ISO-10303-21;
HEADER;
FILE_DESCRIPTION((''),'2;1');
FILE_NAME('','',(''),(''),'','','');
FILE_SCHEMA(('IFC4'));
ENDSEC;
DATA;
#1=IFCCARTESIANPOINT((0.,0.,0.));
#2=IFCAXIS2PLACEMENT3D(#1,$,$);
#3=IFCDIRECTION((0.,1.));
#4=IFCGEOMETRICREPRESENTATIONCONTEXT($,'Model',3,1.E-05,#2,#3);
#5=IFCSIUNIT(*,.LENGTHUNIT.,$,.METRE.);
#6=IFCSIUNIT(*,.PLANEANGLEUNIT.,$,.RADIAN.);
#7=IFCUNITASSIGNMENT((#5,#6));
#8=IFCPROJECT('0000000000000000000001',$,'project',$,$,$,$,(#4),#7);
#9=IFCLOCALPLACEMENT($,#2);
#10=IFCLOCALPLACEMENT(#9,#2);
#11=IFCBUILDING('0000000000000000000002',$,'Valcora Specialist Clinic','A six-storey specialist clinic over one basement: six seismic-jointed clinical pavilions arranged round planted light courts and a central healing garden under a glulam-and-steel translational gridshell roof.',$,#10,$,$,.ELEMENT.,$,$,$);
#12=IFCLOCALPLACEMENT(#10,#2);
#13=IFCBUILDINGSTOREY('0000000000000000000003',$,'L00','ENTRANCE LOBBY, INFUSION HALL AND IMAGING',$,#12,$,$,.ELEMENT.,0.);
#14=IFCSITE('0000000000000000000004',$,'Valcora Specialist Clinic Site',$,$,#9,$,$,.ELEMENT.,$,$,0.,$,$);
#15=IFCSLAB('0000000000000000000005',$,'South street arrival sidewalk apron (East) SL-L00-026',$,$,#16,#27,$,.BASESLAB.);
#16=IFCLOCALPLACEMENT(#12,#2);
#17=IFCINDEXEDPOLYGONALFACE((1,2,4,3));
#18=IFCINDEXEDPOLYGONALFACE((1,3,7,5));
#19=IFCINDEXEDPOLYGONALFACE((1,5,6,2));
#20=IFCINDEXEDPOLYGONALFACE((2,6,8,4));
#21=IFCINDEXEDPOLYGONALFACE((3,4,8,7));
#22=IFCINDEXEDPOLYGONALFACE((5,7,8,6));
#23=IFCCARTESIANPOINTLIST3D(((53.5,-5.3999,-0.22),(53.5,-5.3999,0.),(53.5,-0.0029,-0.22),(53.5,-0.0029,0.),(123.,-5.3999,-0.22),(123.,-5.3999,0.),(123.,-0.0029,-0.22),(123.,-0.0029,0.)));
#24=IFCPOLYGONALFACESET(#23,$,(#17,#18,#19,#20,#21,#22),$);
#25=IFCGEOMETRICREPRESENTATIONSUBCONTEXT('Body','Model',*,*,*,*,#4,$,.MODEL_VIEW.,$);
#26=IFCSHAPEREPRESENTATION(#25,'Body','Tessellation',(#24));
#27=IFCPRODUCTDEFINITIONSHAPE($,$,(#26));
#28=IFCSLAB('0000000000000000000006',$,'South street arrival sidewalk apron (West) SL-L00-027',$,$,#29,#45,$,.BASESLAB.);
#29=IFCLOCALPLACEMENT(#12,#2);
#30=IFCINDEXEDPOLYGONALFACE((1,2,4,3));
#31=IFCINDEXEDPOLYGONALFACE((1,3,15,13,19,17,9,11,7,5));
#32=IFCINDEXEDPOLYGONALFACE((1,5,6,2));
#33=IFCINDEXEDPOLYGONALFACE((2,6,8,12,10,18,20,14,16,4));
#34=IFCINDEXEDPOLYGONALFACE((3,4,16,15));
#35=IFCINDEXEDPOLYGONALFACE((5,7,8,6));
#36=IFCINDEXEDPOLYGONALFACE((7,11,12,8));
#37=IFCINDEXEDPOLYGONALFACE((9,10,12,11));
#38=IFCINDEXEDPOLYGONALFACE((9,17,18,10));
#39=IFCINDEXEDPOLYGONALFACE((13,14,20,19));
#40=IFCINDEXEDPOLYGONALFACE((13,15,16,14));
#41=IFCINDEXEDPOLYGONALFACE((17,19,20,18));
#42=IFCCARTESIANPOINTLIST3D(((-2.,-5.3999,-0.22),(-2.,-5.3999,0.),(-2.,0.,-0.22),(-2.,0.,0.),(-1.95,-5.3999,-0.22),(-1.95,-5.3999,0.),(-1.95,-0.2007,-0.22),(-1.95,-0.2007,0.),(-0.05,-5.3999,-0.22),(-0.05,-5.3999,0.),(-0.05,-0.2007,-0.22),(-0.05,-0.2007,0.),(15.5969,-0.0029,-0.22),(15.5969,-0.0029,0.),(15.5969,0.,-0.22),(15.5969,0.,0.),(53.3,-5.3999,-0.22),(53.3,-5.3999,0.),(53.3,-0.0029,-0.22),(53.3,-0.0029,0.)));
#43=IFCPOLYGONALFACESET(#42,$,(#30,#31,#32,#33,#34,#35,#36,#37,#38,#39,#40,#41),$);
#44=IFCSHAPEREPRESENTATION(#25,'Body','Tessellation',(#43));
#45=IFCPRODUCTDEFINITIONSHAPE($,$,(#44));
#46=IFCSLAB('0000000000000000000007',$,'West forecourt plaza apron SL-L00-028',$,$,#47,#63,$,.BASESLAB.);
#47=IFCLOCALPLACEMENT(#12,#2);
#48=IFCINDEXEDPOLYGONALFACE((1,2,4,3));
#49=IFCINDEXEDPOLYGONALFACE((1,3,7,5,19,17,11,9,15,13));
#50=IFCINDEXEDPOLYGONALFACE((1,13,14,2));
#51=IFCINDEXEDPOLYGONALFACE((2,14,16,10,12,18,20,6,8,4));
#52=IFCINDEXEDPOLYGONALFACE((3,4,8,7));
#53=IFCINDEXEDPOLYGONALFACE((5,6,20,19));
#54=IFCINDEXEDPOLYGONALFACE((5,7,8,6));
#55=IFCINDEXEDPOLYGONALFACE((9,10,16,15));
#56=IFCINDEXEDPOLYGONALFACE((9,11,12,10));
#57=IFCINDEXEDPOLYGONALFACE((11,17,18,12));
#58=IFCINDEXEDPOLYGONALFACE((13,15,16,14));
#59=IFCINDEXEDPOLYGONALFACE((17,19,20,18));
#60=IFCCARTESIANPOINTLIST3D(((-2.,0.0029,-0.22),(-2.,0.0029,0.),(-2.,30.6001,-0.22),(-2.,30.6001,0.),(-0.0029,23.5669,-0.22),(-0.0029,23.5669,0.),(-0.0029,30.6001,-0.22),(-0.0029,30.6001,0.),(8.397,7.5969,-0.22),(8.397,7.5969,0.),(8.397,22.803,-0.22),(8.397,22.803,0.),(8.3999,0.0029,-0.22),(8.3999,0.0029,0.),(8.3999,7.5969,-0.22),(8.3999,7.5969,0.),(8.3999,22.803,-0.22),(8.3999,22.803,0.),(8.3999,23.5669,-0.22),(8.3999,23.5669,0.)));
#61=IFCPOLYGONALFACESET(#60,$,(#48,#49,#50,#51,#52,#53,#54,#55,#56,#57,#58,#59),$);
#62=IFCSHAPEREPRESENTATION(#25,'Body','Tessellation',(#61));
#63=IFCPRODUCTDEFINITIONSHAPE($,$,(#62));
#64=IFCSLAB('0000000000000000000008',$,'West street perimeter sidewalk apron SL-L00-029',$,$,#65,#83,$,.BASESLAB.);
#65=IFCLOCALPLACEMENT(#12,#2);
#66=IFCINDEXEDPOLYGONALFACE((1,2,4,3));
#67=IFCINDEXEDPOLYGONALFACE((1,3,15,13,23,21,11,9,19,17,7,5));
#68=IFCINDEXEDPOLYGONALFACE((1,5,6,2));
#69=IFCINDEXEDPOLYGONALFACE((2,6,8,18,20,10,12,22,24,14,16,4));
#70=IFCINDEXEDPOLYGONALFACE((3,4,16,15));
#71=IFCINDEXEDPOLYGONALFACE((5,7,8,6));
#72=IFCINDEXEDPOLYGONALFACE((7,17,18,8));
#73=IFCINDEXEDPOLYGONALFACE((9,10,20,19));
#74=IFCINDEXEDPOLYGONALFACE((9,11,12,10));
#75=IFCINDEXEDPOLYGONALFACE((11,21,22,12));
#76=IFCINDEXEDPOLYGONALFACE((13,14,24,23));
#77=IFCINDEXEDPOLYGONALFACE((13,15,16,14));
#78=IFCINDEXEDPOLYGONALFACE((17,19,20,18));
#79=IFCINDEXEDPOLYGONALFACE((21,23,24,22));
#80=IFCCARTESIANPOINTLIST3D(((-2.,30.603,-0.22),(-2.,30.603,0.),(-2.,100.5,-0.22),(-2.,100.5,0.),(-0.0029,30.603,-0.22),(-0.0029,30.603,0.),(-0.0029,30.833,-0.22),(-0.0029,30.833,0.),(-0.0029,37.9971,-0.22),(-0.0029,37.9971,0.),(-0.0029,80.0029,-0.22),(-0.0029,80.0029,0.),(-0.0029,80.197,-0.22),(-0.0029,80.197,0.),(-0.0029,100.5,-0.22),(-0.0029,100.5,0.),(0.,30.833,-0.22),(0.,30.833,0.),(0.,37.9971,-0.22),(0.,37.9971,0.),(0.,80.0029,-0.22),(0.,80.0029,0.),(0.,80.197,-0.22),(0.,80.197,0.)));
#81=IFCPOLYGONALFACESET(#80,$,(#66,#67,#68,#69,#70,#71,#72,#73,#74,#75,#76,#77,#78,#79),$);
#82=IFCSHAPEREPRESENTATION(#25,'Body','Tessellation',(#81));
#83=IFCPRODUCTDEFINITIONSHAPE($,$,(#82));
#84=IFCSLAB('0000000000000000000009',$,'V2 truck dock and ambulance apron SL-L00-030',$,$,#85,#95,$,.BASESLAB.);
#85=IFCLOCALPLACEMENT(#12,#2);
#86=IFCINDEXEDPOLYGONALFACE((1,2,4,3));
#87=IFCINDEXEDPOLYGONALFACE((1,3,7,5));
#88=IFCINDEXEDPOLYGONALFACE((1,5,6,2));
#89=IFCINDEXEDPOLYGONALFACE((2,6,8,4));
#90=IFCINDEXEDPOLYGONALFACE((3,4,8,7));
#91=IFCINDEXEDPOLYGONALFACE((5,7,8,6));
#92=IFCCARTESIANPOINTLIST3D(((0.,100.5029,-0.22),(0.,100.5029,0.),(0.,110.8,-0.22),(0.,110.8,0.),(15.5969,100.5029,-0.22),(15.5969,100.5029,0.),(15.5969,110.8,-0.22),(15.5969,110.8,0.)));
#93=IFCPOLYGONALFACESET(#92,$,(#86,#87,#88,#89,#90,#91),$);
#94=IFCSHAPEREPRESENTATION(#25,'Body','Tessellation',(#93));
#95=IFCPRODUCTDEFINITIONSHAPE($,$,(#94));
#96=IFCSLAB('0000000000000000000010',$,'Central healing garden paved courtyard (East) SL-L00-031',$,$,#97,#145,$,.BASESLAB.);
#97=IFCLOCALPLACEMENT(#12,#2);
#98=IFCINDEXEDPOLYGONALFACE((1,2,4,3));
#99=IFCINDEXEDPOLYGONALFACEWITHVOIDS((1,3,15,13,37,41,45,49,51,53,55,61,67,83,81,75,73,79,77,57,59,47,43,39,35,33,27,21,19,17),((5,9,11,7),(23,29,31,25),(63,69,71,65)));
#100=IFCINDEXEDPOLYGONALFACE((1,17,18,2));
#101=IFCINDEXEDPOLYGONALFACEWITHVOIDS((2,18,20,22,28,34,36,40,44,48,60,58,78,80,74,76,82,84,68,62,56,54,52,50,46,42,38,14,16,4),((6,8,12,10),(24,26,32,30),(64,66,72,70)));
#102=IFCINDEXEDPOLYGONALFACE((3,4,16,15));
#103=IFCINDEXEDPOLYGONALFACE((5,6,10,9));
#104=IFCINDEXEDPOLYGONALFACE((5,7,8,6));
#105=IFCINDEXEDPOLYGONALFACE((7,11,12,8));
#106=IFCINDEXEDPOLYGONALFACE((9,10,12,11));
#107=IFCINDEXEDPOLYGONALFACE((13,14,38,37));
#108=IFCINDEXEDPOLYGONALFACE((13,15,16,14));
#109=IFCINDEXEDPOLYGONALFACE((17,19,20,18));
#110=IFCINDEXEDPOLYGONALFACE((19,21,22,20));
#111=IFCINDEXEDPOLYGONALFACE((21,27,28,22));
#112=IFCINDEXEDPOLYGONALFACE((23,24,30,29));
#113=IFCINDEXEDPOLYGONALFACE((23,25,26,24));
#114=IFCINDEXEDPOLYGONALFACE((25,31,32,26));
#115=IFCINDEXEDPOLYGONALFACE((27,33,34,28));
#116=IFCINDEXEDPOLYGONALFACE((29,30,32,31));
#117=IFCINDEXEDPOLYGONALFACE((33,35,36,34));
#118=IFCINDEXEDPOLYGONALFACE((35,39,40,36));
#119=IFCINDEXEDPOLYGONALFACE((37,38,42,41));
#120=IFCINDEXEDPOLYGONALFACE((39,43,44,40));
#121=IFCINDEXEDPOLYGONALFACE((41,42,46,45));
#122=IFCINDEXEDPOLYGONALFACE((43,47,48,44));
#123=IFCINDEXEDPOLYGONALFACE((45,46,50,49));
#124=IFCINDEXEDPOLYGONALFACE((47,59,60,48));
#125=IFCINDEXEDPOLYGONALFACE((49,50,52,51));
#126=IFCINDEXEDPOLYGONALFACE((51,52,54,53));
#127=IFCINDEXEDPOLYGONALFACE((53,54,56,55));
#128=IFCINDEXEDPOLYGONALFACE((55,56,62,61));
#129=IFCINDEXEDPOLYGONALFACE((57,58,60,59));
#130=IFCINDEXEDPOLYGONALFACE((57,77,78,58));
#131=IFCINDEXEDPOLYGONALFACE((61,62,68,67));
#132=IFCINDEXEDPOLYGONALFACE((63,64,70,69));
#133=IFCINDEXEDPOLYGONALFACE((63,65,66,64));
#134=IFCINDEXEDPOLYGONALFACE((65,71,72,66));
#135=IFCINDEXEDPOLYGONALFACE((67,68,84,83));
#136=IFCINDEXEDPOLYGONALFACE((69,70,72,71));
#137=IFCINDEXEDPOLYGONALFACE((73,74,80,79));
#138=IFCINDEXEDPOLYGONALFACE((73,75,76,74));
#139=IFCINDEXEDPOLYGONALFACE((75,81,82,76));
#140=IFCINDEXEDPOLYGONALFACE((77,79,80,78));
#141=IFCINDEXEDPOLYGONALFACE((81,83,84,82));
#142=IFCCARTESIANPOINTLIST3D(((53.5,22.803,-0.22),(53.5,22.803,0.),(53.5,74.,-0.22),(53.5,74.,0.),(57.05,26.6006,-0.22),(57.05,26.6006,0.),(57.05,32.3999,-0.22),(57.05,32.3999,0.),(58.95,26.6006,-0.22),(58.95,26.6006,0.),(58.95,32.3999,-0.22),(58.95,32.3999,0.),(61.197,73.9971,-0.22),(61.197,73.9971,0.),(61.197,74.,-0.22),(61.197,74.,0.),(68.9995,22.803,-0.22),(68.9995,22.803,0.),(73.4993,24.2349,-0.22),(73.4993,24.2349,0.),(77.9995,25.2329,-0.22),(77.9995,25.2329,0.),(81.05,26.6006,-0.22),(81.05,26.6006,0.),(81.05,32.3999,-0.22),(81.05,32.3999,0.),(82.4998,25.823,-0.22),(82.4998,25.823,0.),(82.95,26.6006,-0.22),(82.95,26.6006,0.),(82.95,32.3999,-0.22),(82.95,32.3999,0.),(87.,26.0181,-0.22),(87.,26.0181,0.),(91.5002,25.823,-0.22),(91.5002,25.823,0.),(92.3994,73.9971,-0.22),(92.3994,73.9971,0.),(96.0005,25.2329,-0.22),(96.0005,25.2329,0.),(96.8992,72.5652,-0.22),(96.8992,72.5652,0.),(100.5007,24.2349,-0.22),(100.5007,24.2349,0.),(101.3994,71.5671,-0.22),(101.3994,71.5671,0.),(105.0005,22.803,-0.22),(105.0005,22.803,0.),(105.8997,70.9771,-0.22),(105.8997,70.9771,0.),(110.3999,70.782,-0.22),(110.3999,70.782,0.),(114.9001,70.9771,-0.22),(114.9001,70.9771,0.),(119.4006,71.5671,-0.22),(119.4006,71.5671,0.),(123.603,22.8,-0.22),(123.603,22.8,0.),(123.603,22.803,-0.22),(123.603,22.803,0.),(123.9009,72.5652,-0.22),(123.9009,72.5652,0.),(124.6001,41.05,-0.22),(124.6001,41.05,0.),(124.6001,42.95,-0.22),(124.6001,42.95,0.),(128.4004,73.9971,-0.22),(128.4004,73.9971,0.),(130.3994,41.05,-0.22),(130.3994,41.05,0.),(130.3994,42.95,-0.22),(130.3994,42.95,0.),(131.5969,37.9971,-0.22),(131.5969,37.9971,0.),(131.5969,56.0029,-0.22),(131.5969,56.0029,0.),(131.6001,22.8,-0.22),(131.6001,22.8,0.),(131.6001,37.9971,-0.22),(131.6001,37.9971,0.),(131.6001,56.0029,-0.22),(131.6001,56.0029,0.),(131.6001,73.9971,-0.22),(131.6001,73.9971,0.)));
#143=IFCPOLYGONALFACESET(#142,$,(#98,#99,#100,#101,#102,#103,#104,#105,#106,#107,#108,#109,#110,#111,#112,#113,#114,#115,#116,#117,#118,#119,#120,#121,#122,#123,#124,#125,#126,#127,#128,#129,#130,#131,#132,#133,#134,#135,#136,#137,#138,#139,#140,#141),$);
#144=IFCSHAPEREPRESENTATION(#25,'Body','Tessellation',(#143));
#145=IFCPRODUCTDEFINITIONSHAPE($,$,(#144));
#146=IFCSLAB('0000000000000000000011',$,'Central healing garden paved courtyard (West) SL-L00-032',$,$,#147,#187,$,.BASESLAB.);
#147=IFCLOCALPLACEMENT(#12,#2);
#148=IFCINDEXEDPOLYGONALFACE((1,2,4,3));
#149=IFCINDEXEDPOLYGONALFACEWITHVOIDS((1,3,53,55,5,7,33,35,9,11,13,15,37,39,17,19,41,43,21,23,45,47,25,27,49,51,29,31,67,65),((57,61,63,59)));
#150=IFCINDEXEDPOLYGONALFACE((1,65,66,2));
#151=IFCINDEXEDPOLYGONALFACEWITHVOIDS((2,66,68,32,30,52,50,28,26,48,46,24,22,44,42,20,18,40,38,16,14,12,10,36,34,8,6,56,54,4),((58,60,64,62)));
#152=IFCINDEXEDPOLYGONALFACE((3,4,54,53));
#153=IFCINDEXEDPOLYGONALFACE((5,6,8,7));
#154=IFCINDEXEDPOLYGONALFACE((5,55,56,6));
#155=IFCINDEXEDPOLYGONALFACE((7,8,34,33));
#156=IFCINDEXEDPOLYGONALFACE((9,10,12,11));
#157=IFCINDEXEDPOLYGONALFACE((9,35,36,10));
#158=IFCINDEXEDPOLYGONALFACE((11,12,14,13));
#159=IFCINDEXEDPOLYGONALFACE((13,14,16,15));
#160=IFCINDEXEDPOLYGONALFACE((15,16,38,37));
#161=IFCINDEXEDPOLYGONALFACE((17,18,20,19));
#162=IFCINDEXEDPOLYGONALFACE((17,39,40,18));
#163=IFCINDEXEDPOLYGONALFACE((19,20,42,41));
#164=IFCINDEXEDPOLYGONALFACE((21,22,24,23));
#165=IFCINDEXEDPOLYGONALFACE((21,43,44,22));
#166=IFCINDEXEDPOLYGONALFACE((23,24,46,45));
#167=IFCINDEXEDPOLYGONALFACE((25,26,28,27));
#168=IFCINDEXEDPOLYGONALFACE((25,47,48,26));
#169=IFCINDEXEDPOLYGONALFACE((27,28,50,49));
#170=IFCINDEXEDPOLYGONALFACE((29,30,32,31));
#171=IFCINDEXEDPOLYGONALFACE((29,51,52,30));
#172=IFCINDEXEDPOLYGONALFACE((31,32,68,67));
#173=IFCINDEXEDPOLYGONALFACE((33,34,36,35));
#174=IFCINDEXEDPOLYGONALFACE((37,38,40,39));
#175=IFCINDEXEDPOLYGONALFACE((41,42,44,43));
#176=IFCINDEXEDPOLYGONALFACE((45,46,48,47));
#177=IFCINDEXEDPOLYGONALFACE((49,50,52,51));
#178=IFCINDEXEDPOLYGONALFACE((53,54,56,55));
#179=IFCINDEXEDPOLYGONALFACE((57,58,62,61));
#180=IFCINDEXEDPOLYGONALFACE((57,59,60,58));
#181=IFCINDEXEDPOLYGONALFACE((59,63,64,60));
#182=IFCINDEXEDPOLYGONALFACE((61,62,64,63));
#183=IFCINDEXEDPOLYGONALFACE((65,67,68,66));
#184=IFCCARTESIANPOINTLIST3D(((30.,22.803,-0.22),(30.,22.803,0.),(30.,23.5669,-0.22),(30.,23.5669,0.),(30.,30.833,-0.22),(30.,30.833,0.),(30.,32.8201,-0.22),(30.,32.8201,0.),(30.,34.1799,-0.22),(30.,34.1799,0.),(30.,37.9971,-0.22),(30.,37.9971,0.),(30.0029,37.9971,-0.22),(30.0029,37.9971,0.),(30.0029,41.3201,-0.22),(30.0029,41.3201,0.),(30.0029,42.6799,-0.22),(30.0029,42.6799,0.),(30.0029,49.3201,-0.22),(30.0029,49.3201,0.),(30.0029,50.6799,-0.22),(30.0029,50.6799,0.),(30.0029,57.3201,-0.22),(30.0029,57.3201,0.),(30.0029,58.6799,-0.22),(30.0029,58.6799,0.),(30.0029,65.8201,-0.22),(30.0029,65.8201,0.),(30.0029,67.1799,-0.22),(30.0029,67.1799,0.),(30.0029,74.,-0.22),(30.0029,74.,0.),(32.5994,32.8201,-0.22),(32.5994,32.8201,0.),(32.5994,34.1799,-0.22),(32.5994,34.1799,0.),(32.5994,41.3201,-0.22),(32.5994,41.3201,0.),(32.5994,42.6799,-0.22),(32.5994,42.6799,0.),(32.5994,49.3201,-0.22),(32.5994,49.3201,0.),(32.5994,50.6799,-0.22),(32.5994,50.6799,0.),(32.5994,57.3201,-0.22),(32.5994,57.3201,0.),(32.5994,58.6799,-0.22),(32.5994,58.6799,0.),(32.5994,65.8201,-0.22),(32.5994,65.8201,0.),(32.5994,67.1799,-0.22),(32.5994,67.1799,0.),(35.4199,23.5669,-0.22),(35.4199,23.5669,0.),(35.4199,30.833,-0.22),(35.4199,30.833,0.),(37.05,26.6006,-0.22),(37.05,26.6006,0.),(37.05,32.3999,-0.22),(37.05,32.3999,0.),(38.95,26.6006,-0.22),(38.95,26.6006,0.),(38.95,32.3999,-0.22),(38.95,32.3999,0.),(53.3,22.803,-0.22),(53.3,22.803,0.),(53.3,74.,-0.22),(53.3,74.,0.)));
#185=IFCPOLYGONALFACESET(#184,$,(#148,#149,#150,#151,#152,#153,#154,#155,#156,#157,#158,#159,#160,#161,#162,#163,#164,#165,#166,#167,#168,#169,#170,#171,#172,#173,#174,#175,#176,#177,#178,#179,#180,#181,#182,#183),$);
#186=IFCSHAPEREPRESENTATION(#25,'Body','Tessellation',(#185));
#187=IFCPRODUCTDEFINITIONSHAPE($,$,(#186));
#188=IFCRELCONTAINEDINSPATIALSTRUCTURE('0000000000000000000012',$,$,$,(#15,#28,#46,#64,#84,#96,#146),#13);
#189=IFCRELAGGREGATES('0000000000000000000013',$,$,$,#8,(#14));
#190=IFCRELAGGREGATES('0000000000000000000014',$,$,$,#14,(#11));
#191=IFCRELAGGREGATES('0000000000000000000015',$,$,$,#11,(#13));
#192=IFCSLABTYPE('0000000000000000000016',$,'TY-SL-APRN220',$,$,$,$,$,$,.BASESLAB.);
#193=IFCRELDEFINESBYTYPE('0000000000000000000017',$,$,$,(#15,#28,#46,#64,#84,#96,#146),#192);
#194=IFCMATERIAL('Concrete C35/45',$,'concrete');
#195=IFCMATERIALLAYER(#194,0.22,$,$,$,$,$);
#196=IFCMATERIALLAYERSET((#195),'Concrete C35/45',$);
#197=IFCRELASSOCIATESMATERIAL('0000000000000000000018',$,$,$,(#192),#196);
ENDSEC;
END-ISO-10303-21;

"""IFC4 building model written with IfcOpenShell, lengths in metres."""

from ifc_helpers import new_model, si_unit, direction, frame, origin, place, context, subcontext, project, spatial, polyline, outline, extrude, material, layer, layer_set, type_object, element, save


model = new_model("IFC4")

# Units and contexts
model_context = context("Model", 3, precision=1e-05, world=origin(), true_north=direction((0.0, 1.0)))
body_context = subcontext(model_context, "Body", "Model", "MODEL_VIEW")
ifc_project = project(units=[si_unit("LENGTHUNIT", "METRE"), si_unit("PLANEANGLEUNIT", "RADIAN")], contexts=[model_context])

# Site, building, storey
site_placement = place(None, origin())
site = spatial("IfcSite", under=ifc_project, at=site_placement, Name="Valcora Specialist Clinic Site", CompositionType="ELEMENT", RefElevation=0.0)
building_placement = place(site_placement, origin())
building = spatial("IfcBuilding", under=site, at=building_placement, Name="Valcora Specialist Clinic", Description="A six-storey specialist clinic over one basement: six seismic-jointed clinical pavilions arranged round planted light courts and a central healing garden under a glulam-and-steel translational gridshell roof.", CompositionType="ELEMENT")
storey_placement = place(building_placement, origin())
storey = spatial("IfcBuildingStorey", under=building, at=storey_placement, Name="L00", Description="ENTRANCE LOBBY, INFUSION HALL AND IMAGING", CompositionType="ELEMENT", Elevation=0.0)

# Slabs
ifc_material_1 = material(Name="Concrete C35/45", Category="concrete")
ifc_layer_1 = layer(ifc_material_1, 0.22)
ifc_layer_set_1 = layer_set([ifc_layer_1], Name="Concrete C35/45")
slab_type_1 = type_object("IfcSlabType", Name="TY-SL-APRN220", PredefinedType="BASESLAB", material=ifc_layer_set_1)
slab_1_placement = place(storey_placement, frame((0.0, 0.0, -0.22)))
element("IfcSlab", 1, at=slab_1_placement, inside=storey, type_object=slab_type_1, Name="South street arrival sidewalk apron (East) SL-L00-026", PredefinedType="BASESLAB", context=body_context, shape_type="SweptSolid", body=[
    extrude(outline(polyline([(123.0, -5.3999), (53.5, -5.3999), (53.5, -0.0029), (123.0, -0.0029), (123.0, -5.3999)])), origin(), (0.0, 0.0, 1.0), 0.22),
])
slab_2_placement = place(storey_placement, frame((0.0, 0.0, -0.22)))
element("IfcSlab", 2, at=slab_2_placement, inside=storey, type_object=slab_type_1, Name="South street arrival sidewalk apron (West) SL-L00-027", PredefinedType="BASESLAB", context=body_context, shape_type="SweptSolid", body=[
    extrude(outline(polyline([(-2.0, -5.3999), (-2.0, 0.0), (15.5969, 0.0), (15.5969, -0.0029), (53.3, -0.0029), (53.3, -5.3999), (-0.05, -5.3999), (-0.05, -0.2007), (-1.95, -0.2007), (-1.95, -5.3999), (-2.0, -5.3999)])), origin(), (0.0, 0.0, 1.0), 0.22),
])
slab_3_placement = place(storey_placement, frame((0.0, 0.0, -0.22)))
element("IfcSlab", 3, at=slab_3_placement, inside=storey, type_object=slab_type_1, Name="West forecourt plaza apron SL-L00-028", PredefinedType="BASESLAB", context=body_context, shape_type="SweptSolid", body=[
    extrude(outline(polyline([(8.3999, 0.0029), (-2.0, 0.0029), (-2.0, 30.6001), (-0.0029, 30.6001), (-0.0029, 23.5669), (8.3999, 23.5669), (8.3999, 22.803), (8.397, 22.803), (8.397, 7.5969), (8.3999, 7.5969), (8.3999, 0.0029)])), origin(), (0.0, 0.0, 1.0), 0.22),
])
slab_4_placement = place(storey_placement, frame((0.0, 0.0, -0.22)))
element("IfcSlab", 4, at=slab_4_placement, inside=storey, type_object=slab_type_1, Name="West street perimeter sidewalk apron SL-L00-029", PredefinedType="BASESLAB", context=body_context, shape_type="SweptSolid", body=[
    extrude(outline(polyline([(0.0, 30.833), (-0.0029, 30.833), (-0.0029, 30.603), (-2.0, 30.603), (-2.0, 100.5), (-0.0029, 100.5), (-0.0029, 80.197), (0.0, 80.197), (0.0, 80.0029), (-0.0029, 80.0029), (-0.0029, 37.9971), (0.0, 37.9971), (0.0, 30.833)])), origin(), (0.0, 0.0, 1.0), 0.22),
])
slab_5_placement = place(storey_placement, frame((0.0, 0.0, -0.22)))
element("IfcSlab", 5, at=slab_5_placement, inside=storey, type_object=slab_type_1, Name="V2 truck dock and ambulance apron SL-L00-030", PredefinedType="BASESLAB", context=body_context, shape_type="SweptSolid", body=[
    extrude(outline(polyline([(0.0, 110.8), (15.5969, 110.8), (15.5969, 100.5029), (0.0, 100.5029), (0.0, 110.8)])), origin(), (0.0, 0.0, 1.0), 0.22),
])
slab_6_placement = place(storey_placement, frame((0.0, 0.0, -0.22)))
element("IfcSlab", 6, at=slab_6_placement, inside=storey, type_object=slab_type_1, Name="Central healing garden paved courtyard (East) SL-L00-031", PredefinedType="BASESLAB", context=body_context, shape_type="SweptSolid", body=[
    extrude(outline(polyline([(131.6001, 22.8), (123.603, 22.8), (123.603, 22.803), (105.0005, 22.803), (100.5007, 24.2349), (96.0005, 25.2329), (91.5002, 25.823), (87.0, 26.0181), (82.4998, 25.823), (77.9995, 25.2329), (73.4993, 24.2349), (68.9995, 22.803), (53.5, 22.803), (53.5, 74.0), (61.197, 74.0), (61.197, 73.9971), (92.3994, 73.9971), (96.8992, 72.5652), (101.3994, 71.5671), (105.8997, 70.9771), (110.3999, 70.782), (114.9001, 70.9771), (119.4006, 71.5671), (123.9009, 72.5652), (128.4004, 73.9971), (131.6001, 73.9971), (131.6001, 56.0029), (131.5969, 56.0029), (131.5969, 37.9971), (131.6001, 37.9971), (131.6001, 22.8)]), holes=[polyline([(57.05, 26.6006), (58.95, 26.6006), (58.95, 32.3999), (57.05, 32.3999), (57.05, 26.6006)]), polyline([(81.05, 26.6006), (82.95, 26.6006), (82.95, 32.3999), (81.05, 32.3999), (81.05, 26.6006)]), polyline([(130.3994, 41.05), (130.3994, 42.95), (124.6001, 42.95), (124.6001, 41.05), (130.3994, 41.05)])]), origin(), (0.0, 0.0, 1.0), 0.22),
])
slab_7_placement = place(storey_placement, frame((0.0, 0.0, -0.22)))
element("IfcSlab", 7, at=slab_7_placement, inside=storey, type_object=slab_type_1, Name="Central healing garden paved courtyard (West) SL-L00-032", PredefinedType="BASESLAB", context=body_context, shape_type="SweptSolid", body=[
    extrude(outline(polyline([(53.3, 74.0), (53.3, 22.803), (30.0, 22.803), (30.0, 23.5669), (35.4199, 23.5669), (35.4199, 30.833), (30.0, 30.833), (30.0, 32.8201), (32.5994, 32.8201), (32.5994, 34.1799), (30.0, 34.1799), (30.0, 37.9971), (30.0029, 37.9971), (30.0029, 41.3201), (32.5994, 41.3201), (32.5994, 42.6799), (30.0029, 42.6799), (30.0029, 49.3201), (32.5994, 49.3201), (32.5994, 50.6799), (30.0029, 50.6799), (30.0029, 57.3201), (32.5994, 57.3201), (32.5994, 58.6799), (30.0029, 58.6799), (30.0029, 65.8201), (32.5994, 65.8201), (32.5994, 67.1799), (30.0029, 67.1799), (30.0029, 74.0), (53.3, 74.0)]), holes=[polyline([(38.95, 26.6006), (38.95, 32.3999), (37.05, 32.3999), (37.05, 26.6006), (38.95, 26.6006)])]), origin(), (0.0, 0.0, 1.0), 0.22),
])

save(model, "model.ifc")
